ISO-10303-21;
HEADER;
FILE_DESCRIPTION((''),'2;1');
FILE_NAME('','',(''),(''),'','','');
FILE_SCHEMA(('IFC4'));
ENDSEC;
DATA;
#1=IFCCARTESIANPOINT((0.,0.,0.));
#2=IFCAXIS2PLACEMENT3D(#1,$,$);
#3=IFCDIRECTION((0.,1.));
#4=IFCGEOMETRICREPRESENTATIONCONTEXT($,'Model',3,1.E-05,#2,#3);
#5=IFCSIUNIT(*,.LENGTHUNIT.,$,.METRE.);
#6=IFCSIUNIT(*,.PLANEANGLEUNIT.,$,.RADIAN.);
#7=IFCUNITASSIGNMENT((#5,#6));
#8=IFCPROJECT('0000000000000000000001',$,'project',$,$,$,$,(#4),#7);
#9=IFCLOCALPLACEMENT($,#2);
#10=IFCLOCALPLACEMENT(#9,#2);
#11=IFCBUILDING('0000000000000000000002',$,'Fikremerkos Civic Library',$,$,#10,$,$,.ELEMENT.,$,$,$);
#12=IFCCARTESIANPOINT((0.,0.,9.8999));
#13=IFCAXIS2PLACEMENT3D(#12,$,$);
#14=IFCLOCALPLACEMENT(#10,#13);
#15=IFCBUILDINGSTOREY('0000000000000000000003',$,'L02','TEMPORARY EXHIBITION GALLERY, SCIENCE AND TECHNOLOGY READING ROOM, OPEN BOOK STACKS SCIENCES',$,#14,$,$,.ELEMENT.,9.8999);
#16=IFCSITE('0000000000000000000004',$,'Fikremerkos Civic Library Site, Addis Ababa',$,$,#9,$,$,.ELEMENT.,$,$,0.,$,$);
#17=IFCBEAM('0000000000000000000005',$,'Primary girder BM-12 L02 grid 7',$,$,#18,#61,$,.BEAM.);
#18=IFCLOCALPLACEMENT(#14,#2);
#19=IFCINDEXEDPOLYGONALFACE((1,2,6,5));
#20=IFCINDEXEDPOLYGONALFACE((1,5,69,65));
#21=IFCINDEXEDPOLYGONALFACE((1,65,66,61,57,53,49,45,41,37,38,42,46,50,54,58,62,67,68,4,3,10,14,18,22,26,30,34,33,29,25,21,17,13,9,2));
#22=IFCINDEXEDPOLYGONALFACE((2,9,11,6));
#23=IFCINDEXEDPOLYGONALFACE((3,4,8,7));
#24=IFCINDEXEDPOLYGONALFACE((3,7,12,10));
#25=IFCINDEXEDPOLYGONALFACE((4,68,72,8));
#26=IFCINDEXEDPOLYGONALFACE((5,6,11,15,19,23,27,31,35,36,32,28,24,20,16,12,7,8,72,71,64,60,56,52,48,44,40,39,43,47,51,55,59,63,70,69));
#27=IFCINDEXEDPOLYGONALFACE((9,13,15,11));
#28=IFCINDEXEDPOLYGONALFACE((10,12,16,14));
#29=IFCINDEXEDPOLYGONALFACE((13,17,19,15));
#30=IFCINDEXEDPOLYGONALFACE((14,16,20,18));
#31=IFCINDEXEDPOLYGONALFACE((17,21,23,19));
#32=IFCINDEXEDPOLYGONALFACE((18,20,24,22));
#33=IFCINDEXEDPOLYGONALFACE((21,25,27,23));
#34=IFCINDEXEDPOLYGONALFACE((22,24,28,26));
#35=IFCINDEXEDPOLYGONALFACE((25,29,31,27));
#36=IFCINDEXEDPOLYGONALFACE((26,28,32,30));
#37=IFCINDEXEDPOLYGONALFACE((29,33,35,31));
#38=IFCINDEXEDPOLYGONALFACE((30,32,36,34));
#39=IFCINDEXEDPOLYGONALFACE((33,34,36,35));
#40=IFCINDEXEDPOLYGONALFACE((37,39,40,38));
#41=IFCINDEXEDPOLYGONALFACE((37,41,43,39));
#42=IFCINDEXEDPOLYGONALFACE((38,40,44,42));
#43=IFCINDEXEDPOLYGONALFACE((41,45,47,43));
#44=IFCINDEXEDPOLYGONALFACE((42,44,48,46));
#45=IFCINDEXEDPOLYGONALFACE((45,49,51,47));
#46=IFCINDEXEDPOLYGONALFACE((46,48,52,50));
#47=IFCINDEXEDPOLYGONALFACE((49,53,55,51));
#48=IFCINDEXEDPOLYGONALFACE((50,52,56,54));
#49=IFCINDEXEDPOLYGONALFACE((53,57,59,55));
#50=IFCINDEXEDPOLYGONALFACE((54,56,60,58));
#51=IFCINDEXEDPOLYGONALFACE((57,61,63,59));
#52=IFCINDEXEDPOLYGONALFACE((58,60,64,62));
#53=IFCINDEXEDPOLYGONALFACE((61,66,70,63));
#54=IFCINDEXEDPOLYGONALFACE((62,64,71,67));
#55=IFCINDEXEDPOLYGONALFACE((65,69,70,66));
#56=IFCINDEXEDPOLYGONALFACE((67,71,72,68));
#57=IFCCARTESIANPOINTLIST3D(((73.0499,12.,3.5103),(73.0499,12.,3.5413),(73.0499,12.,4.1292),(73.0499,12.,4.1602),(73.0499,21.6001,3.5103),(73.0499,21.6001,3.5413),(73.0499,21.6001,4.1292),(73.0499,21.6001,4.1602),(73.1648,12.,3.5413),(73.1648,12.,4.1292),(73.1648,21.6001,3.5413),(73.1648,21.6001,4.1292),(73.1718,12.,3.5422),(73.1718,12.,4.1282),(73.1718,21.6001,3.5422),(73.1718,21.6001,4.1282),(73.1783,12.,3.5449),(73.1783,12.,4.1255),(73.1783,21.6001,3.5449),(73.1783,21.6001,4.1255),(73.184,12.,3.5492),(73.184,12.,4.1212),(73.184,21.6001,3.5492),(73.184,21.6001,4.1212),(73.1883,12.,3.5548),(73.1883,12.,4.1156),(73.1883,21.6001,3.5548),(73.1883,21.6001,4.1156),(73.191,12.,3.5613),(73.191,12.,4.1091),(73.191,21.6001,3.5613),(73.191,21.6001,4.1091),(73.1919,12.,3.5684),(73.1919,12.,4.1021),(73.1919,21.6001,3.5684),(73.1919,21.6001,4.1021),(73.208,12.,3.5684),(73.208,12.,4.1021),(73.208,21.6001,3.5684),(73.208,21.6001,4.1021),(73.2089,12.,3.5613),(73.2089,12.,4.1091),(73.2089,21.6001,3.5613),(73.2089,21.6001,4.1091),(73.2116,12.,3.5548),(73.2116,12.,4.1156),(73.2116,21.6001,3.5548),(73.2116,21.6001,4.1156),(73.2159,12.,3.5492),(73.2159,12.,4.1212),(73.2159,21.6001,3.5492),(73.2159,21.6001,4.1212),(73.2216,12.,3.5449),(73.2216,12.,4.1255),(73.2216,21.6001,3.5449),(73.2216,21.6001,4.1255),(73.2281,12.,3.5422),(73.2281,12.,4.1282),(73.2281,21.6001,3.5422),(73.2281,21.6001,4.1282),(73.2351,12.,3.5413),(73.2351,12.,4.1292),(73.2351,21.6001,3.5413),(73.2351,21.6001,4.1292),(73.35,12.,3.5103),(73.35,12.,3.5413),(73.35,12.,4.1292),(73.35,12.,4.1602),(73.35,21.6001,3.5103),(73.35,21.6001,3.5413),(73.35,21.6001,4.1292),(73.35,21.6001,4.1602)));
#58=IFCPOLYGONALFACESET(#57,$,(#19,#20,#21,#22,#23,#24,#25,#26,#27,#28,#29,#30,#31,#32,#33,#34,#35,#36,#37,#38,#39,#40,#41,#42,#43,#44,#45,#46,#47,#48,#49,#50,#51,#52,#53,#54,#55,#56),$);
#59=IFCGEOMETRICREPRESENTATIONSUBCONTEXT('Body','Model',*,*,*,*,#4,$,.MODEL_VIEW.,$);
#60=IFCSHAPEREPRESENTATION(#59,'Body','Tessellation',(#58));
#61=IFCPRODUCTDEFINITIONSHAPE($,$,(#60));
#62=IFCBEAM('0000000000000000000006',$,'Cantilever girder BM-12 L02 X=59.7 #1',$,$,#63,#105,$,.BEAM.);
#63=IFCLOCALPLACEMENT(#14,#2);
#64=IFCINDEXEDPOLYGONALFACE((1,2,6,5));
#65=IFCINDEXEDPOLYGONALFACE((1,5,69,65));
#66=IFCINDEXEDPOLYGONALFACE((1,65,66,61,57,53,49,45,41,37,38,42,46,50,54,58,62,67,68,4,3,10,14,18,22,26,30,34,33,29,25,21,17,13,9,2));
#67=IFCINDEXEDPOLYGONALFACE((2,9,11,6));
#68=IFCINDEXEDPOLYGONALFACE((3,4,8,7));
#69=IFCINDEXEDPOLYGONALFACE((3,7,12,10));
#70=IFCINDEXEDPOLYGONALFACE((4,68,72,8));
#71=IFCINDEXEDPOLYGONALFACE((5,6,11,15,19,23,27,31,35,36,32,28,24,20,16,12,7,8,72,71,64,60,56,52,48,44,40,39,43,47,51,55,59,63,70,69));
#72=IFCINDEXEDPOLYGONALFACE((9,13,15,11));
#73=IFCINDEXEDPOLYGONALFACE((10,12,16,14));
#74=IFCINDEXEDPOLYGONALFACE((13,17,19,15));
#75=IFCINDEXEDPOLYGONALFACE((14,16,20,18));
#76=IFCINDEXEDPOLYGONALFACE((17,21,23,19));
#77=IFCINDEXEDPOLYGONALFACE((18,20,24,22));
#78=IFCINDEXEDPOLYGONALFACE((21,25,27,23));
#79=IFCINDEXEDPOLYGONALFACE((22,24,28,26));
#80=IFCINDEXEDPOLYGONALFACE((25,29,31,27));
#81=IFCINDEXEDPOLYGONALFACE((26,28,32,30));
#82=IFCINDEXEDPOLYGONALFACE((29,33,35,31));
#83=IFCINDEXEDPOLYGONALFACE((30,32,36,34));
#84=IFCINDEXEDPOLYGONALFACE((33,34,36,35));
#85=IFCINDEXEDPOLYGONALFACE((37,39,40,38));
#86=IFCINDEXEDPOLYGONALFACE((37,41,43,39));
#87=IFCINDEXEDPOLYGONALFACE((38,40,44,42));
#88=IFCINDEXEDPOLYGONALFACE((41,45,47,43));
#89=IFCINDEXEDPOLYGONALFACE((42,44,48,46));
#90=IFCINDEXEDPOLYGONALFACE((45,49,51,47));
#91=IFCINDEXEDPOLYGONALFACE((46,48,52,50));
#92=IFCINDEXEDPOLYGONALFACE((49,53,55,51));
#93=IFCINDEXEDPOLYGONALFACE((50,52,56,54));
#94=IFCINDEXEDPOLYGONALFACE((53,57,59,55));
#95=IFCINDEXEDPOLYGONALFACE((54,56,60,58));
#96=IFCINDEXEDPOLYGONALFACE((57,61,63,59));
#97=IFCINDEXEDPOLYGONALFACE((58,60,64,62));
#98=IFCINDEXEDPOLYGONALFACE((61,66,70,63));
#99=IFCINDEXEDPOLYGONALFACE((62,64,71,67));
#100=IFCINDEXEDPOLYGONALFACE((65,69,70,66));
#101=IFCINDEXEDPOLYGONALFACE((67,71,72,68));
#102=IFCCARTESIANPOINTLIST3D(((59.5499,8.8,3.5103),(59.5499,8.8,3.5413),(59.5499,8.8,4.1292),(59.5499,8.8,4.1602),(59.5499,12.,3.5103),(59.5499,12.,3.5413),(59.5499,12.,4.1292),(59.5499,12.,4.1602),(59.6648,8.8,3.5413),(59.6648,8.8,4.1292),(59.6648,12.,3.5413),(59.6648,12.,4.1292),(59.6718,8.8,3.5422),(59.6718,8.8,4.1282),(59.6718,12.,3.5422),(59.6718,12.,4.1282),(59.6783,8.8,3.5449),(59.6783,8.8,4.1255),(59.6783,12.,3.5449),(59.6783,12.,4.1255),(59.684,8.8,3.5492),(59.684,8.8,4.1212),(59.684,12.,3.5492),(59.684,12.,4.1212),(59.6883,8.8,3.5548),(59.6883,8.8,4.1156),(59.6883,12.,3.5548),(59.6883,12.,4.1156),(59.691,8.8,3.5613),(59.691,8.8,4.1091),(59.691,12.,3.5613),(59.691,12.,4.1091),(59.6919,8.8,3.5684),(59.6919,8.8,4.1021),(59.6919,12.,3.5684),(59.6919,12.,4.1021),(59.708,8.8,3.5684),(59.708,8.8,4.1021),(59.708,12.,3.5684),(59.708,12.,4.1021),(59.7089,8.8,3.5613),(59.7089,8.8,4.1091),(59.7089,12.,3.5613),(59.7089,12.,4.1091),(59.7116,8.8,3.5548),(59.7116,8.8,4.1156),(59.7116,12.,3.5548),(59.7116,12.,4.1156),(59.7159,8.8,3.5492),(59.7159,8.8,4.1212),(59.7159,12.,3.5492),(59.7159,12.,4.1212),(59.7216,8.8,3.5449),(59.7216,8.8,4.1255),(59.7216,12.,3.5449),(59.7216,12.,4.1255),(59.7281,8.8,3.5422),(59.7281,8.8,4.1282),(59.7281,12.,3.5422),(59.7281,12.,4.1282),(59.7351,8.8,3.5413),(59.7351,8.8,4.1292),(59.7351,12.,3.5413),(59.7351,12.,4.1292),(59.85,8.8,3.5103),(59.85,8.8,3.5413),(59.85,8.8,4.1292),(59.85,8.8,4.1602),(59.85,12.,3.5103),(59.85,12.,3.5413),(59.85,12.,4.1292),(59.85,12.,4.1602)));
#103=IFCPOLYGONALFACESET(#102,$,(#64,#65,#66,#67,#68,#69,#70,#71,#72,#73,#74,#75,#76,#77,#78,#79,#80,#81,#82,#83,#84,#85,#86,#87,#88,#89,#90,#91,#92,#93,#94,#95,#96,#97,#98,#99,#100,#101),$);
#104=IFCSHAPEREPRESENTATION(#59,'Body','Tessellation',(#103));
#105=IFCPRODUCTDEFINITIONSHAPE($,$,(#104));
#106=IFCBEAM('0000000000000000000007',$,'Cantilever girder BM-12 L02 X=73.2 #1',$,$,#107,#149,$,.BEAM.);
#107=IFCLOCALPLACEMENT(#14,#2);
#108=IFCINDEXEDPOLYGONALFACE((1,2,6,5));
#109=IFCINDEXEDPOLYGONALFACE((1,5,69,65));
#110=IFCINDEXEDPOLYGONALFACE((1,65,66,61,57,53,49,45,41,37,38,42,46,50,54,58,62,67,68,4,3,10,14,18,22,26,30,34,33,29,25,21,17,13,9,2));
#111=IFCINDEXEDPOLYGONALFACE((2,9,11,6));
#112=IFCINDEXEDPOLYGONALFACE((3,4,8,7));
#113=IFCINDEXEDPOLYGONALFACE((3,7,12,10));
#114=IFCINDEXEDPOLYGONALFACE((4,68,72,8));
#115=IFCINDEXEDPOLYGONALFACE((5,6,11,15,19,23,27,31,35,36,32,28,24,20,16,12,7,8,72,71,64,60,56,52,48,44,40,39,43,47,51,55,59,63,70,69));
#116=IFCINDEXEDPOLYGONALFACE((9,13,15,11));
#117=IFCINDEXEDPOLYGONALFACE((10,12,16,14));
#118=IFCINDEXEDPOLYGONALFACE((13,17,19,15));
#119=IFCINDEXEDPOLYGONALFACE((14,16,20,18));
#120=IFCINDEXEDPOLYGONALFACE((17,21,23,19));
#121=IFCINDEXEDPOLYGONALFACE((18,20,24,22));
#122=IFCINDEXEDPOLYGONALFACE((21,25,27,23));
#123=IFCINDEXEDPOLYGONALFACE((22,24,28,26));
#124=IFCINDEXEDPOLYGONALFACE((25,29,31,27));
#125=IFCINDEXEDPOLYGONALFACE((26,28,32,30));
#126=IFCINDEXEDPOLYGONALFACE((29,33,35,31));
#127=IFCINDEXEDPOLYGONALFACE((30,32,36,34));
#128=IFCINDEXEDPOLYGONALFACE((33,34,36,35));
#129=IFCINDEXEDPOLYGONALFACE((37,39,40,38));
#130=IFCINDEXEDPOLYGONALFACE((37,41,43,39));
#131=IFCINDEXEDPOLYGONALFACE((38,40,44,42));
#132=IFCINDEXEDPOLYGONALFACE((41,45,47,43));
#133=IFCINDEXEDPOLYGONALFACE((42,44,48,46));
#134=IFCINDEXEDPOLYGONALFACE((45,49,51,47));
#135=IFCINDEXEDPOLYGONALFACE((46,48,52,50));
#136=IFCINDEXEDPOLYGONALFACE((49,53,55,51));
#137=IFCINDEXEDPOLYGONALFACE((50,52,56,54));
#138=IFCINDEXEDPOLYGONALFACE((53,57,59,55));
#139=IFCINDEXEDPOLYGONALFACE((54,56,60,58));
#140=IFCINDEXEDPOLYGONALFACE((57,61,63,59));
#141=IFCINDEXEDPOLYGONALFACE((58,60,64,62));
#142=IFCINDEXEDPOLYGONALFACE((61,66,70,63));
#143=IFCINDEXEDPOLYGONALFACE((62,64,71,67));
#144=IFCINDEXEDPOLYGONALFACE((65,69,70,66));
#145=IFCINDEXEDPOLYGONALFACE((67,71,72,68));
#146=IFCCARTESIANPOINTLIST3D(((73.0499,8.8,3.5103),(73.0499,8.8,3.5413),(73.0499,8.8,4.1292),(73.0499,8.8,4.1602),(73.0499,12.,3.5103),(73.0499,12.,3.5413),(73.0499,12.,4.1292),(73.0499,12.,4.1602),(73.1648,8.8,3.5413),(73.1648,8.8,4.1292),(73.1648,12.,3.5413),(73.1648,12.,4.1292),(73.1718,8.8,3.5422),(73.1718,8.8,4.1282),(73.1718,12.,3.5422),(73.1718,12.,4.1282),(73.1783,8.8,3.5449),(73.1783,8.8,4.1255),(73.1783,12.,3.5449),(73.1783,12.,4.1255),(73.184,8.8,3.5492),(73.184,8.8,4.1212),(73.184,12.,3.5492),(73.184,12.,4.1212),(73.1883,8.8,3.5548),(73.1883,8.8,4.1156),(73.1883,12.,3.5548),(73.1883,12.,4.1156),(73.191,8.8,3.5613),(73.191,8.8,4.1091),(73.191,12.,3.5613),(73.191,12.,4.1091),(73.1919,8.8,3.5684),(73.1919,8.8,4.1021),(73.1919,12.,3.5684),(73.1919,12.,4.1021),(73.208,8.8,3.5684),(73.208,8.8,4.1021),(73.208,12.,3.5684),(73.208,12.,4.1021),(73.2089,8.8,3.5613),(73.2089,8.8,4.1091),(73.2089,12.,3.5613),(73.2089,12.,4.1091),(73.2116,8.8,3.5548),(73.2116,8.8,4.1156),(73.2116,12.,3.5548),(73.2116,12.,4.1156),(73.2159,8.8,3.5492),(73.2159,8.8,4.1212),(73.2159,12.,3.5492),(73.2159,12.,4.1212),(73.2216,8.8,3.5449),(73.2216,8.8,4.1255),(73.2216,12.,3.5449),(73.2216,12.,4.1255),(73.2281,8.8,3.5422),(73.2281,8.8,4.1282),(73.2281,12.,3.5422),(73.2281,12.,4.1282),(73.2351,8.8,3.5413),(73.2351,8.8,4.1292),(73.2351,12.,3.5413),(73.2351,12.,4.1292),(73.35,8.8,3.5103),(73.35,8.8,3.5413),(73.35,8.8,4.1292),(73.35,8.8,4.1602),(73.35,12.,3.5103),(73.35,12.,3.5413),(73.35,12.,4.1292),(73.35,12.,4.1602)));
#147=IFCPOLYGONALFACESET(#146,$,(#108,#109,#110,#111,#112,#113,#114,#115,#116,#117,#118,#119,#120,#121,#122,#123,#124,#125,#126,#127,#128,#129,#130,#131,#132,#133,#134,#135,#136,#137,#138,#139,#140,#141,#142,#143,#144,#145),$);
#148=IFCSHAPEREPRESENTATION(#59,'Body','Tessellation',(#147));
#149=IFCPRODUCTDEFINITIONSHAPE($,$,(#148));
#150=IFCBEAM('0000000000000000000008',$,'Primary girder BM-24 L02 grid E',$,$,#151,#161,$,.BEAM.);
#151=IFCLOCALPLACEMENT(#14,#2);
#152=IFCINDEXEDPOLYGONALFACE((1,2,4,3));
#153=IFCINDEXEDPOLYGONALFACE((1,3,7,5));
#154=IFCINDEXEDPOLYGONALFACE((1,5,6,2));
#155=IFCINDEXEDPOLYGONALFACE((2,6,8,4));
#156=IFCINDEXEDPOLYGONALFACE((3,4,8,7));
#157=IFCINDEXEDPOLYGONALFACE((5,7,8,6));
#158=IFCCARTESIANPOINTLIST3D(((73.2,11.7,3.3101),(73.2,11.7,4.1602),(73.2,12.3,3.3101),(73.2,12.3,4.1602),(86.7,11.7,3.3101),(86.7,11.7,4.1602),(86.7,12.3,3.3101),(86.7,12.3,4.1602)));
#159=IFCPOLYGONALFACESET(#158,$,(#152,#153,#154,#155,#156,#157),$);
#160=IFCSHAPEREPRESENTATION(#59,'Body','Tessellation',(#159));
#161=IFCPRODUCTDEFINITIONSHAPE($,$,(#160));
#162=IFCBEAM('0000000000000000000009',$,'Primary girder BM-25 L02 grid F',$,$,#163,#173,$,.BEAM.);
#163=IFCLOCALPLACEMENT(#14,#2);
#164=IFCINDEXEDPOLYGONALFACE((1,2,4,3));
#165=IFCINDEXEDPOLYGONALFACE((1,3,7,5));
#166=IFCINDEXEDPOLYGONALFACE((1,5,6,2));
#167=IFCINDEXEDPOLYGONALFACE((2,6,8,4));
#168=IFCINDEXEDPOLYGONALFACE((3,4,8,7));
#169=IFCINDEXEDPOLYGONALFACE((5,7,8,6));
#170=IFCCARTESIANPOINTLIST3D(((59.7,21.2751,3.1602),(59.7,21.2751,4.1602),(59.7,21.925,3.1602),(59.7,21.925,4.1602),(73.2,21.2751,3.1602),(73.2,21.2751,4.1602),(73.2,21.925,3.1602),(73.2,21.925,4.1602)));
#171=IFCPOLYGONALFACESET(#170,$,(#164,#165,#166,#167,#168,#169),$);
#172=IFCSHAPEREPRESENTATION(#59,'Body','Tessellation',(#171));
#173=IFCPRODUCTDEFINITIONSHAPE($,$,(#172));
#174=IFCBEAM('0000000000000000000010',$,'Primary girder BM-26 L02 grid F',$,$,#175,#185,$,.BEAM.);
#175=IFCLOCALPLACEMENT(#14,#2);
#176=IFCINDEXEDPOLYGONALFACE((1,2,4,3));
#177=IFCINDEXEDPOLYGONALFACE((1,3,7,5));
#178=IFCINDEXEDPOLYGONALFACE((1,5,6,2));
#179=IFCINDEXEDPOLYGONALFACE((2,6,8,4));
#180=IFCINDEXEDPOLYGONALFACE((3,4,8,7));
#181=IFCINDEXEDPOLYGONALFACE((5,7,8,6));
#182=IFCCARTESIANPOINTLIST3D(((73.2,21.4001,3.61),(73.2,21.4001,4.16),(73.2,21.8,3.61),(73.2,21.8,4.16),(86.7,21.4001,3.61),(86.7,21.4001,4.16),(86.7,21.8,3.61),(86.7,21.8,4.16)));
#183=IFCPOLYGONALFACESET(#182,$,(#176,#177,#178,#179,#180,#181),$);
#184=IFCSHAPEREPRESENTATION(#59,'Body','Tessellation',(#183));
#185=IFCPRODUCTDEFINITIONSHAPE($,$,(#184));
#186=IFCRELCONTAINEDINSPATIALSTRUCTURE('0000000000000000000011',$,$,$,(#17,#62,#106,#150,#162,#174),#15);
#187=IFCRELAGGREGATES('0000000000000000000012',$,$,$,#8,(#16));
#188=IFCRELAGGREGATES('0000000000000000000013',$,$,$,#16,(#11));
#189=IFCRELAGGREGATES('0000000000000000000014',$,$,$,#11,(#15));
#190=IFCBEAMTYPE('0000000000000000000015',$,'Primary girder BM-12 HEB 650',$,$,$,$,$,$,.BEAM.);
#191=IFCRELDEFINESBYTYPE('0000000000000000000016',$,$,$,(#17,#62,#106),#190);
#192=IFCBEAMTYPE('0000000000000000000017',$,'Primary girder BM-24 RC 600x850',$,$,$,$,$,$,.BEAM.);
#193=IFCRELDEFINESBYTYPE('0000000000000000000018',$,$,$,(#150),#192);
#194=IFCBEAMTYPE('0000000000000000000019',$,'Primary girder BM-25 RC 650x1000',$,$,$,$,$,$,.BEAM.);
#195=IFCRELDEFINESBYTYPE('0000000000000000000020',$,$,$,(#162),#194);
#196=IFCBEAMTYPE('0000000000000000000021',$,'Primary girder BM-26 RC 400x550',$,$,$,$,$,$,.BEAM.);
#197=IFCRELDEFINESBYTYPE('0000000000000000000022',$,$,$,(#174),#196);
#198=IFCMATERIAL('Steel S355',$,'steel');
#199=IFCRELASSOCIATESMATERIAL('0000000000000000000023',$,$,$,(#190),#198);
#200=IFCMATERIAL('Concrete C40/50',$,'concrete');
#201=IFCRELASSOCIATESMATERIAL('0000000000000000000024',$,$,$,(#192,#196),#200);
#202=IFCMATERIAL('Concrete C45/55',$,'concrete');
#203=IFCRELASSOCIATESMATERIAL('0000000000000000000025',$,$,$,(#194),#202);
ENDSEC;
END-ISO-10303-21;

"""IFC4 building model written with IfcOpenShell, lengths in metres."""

from ifc_helpers import new_model, si_unit, direction, frame, origin, origin_2d, place, context, subcontext, project, spatial, rectangle, i_section, extrude, material, material_profile, profile_set, type_object, element, save


model = new_model("IFC4")

# Units and contexts
model_context = context("Model", 3, precision=1e-05, world=origin(), true_north=direction((0.0, 1.0)))
body_context = subcontext(model_context, "Body", "Model", "MODEL_VIEW")
ifc_project = project(units=[si_unit("LENGTHUNIT", "METRE"), si_unit("PLANEANGLEUNIT", "RADIAN")], contexts=[model_context])

# Site, building, storey
site_placement = place(None, origin())
site = spatial("IfcSite", under=ifc_project, at=site_placement, Name="Fikremerkos Civic Library Site, Addis Ababa", CompositionType="ELEMENT", RefElevation=0.0)
building_placement = place(site_placement, origin())
building = spatial("IfcBuilding", under=site, at=building_placement, Name="Fikremerkos Civic Library", CompositionType="ELEMENT")
storey_placement = place(building_placement, frame((0.0, 0.0, 9.8999)))
storey = spatial("IfcBuildingStorey", under=building, at=storey_placement, Name="L02", Description="TEMPORARY EXHIBITION GALLERY, SCIENCE AND TECHNOLOGY READING ROOM, OPEN BOOK STACKS SCIENCES", CompositionType="ELEMENT", Elevation=9.8999)

# Shared definitions
ifc_material_1 = material(Name="Concrete C40/50", Category="concrete")
ifc_material_2 = material(Name="Steel S355", Category="steel")

# Beams
ifc_material_profile_1 = material_profile(ifc_material_2, i_section(OverallWidth=0.3, OverallDepth=0.6499, WebThickness=0.0161, FlangeThickness=0.031, FilletRadius=0.0271, at=origin_2d()), Name="HEB 650")
ifc_profile_set_1 = profile_set([ifc_material_profile_1], Name="Steel S355")
beam_type_1 = type_object("IfcBeamType", Name="Primary girder BM-12 HEB 650", PredefinedType="BEAM", material=ifc_profile_set_1)
for number, where, z_axis, x_axis, name in (
    (1, (73.2, 12.0, 3.8352), (0.0, 1.0, 0.0), (-1.0, 0.0, 0.0), "Primary girder BM-12 L02 grid 7"),
):
    element("IfcBeam", number, at=place(storey_placement, frame(where, z_axis=z_axis, x_axis=x_axis)), inside=storey, type_object=beam_type_1, Name=name, PredefinedType="BEAM", context=body_context, shape_type="SweptSolid", body=[
        extrude(i_section(OverallWidth=0.3, OverallDepth=0.6499, WebThickness=0.0161, FlangeThickness=0.031, FilletRadius=0.0271, at=origin_2d()), origin(), (0.0, 0.0, 1.0), 9.6001),
    ])
for number, where, z_axis, x_axis, name in (
    (2, (59.7, 12.0, 3.8352), (0.0, -1.0, 0.0), (1.0, 0.0, 0.0), "Cantilever girder BM-12 L02 X=59.7 #1"),
    (3, (73.2, 12.0, 3.8352), (0.0, -1.0, 0.0), (1.0, 0.0, 0.0), "Cantilever girder BM-12 L02 X=73.2 #1"),
):
    element("IfcBeam", number, at=place(storey_placement, frame(where, z_axis=z_axis, x_axis=x_axis)), inside=storey, type_object=beam_type_1, Name=name, PredefinedType="BEAM", context=body_context, shape_type="SweptSolid", body=[
        extrude(i_section(OverallWidth=0.3, OverallDepth=0.6499, WebThickness=0.0161, FlangeThickness=0.031, FilletRadius=0.0271, at=origin_2d()), origin(), (0.0, 0.0, 1.0), 3.2),
    ])
ifc_material_profile_2 = material_profile(ifc_material_1, rectangle(XDim=0.6001, YDim=0.8501, at=origin_2d()), Name="RC 600x850")
ifc_profile_set_2 = profile_set([ifc_material_profile_2], Name="Concrete C40/50")
beam_type_2 = type_object("IfcBeamType", Name="Primary girder BM-24 RC 600x850", PredefinedType="BEAM", material=ifc_profile_set_2)
beam_1_placement = place(storey_placement, frame((73.2, 12.0, 3.7351), z_axis=(1.0, 0.0, 0.0), x_axis=(0.0, 1.0, 0.0)))
element("IfcBeam", 4, at=beam_1_placement, inside=storey, type_object=beam_type_2, Name="Primary girder BM-24 L02 grid E", PredefinedType="BEAM", context=body_context, shape_type="SweptSolid", body=[
    extrude(rectangle(XDim=0.6001, YDim=0.8501, at=origin_2d()), origin(), (0.0, 0.0, 1.0), 13.5),
])
ifc_material_3 = material(Name="Concrete C45/55", Category="concrete")
ifc_material_profile_3 = material_profile(ifc_material_3, rectangle(XDim=0.6499, YDim=1.0, at=origin_2d()), Name="RC 650x1000")
ifc_profile_set_3 = profile_set([ifc_material_profile_3], Name="Concrete C45/55")
beam_type_3 = type_object("IfcBeamType", Name="Primary girder BM-25 RC 650x1000", PredefinedType="BEAM", material=ifc_profile_set_3)
beam_2_placement = place(storey_placement, frame((59.7, 21.6001, 3.6602), z_axis=(1.0, 0.0, 0.0), x_axis=(0.0, 1.0, 0.0)))
element("IfcBeam", 5, at=beam_2_placement, inside=storey, type_object=beam_type_3, Name="Primary girder BM-25 L02 grid F", PredefinedType="BEAM", context=body_context, shape_type="SweptSolid", body=[
    extrude(rectangle(XDim=0.6499, YDim=1.0, at=origin_2d()), origin(), (0.0, 0.0, 1.0), 13.5),
])
ifc_material_profile_4 = material_profile(ifc_material_1, rectangle(XDim=0.3999, YDim=0.55, at=origin_2d()), Name="RC 400x550")
ifc_profile_set_4 = profile_set([ifc_material_profile_4], Name="Concrete C40/50")
beam_type_4 = type_object("IfcBeamType", Name="Primary girder BM-26 RC 400x550", PredefinedType="BEAM", material=ifc_profile_set_4)
beam_3_placement = place(storey_placement, frame((73.2, 21.6001, 3.885), z_axis=(1.0, 0.0, 0.0), x_axis=(0.0, 1.0, 0.0)))
element("IfcBeam", 6, at=beam_3_placement, inside=storey, type_object=beam_type_4, Name="Primary girder BM-26 L02 grid F", PredefinedType="BEAM", context=body_context, shape_type="SweptSolid", body=[
    extrude(rectangle(XDim=0.3999, YDim=0.55, at=origin_2d()), origin(), (0.0, 0.0, 1.0), 13.5),
])

save(model, "model.ifc")
